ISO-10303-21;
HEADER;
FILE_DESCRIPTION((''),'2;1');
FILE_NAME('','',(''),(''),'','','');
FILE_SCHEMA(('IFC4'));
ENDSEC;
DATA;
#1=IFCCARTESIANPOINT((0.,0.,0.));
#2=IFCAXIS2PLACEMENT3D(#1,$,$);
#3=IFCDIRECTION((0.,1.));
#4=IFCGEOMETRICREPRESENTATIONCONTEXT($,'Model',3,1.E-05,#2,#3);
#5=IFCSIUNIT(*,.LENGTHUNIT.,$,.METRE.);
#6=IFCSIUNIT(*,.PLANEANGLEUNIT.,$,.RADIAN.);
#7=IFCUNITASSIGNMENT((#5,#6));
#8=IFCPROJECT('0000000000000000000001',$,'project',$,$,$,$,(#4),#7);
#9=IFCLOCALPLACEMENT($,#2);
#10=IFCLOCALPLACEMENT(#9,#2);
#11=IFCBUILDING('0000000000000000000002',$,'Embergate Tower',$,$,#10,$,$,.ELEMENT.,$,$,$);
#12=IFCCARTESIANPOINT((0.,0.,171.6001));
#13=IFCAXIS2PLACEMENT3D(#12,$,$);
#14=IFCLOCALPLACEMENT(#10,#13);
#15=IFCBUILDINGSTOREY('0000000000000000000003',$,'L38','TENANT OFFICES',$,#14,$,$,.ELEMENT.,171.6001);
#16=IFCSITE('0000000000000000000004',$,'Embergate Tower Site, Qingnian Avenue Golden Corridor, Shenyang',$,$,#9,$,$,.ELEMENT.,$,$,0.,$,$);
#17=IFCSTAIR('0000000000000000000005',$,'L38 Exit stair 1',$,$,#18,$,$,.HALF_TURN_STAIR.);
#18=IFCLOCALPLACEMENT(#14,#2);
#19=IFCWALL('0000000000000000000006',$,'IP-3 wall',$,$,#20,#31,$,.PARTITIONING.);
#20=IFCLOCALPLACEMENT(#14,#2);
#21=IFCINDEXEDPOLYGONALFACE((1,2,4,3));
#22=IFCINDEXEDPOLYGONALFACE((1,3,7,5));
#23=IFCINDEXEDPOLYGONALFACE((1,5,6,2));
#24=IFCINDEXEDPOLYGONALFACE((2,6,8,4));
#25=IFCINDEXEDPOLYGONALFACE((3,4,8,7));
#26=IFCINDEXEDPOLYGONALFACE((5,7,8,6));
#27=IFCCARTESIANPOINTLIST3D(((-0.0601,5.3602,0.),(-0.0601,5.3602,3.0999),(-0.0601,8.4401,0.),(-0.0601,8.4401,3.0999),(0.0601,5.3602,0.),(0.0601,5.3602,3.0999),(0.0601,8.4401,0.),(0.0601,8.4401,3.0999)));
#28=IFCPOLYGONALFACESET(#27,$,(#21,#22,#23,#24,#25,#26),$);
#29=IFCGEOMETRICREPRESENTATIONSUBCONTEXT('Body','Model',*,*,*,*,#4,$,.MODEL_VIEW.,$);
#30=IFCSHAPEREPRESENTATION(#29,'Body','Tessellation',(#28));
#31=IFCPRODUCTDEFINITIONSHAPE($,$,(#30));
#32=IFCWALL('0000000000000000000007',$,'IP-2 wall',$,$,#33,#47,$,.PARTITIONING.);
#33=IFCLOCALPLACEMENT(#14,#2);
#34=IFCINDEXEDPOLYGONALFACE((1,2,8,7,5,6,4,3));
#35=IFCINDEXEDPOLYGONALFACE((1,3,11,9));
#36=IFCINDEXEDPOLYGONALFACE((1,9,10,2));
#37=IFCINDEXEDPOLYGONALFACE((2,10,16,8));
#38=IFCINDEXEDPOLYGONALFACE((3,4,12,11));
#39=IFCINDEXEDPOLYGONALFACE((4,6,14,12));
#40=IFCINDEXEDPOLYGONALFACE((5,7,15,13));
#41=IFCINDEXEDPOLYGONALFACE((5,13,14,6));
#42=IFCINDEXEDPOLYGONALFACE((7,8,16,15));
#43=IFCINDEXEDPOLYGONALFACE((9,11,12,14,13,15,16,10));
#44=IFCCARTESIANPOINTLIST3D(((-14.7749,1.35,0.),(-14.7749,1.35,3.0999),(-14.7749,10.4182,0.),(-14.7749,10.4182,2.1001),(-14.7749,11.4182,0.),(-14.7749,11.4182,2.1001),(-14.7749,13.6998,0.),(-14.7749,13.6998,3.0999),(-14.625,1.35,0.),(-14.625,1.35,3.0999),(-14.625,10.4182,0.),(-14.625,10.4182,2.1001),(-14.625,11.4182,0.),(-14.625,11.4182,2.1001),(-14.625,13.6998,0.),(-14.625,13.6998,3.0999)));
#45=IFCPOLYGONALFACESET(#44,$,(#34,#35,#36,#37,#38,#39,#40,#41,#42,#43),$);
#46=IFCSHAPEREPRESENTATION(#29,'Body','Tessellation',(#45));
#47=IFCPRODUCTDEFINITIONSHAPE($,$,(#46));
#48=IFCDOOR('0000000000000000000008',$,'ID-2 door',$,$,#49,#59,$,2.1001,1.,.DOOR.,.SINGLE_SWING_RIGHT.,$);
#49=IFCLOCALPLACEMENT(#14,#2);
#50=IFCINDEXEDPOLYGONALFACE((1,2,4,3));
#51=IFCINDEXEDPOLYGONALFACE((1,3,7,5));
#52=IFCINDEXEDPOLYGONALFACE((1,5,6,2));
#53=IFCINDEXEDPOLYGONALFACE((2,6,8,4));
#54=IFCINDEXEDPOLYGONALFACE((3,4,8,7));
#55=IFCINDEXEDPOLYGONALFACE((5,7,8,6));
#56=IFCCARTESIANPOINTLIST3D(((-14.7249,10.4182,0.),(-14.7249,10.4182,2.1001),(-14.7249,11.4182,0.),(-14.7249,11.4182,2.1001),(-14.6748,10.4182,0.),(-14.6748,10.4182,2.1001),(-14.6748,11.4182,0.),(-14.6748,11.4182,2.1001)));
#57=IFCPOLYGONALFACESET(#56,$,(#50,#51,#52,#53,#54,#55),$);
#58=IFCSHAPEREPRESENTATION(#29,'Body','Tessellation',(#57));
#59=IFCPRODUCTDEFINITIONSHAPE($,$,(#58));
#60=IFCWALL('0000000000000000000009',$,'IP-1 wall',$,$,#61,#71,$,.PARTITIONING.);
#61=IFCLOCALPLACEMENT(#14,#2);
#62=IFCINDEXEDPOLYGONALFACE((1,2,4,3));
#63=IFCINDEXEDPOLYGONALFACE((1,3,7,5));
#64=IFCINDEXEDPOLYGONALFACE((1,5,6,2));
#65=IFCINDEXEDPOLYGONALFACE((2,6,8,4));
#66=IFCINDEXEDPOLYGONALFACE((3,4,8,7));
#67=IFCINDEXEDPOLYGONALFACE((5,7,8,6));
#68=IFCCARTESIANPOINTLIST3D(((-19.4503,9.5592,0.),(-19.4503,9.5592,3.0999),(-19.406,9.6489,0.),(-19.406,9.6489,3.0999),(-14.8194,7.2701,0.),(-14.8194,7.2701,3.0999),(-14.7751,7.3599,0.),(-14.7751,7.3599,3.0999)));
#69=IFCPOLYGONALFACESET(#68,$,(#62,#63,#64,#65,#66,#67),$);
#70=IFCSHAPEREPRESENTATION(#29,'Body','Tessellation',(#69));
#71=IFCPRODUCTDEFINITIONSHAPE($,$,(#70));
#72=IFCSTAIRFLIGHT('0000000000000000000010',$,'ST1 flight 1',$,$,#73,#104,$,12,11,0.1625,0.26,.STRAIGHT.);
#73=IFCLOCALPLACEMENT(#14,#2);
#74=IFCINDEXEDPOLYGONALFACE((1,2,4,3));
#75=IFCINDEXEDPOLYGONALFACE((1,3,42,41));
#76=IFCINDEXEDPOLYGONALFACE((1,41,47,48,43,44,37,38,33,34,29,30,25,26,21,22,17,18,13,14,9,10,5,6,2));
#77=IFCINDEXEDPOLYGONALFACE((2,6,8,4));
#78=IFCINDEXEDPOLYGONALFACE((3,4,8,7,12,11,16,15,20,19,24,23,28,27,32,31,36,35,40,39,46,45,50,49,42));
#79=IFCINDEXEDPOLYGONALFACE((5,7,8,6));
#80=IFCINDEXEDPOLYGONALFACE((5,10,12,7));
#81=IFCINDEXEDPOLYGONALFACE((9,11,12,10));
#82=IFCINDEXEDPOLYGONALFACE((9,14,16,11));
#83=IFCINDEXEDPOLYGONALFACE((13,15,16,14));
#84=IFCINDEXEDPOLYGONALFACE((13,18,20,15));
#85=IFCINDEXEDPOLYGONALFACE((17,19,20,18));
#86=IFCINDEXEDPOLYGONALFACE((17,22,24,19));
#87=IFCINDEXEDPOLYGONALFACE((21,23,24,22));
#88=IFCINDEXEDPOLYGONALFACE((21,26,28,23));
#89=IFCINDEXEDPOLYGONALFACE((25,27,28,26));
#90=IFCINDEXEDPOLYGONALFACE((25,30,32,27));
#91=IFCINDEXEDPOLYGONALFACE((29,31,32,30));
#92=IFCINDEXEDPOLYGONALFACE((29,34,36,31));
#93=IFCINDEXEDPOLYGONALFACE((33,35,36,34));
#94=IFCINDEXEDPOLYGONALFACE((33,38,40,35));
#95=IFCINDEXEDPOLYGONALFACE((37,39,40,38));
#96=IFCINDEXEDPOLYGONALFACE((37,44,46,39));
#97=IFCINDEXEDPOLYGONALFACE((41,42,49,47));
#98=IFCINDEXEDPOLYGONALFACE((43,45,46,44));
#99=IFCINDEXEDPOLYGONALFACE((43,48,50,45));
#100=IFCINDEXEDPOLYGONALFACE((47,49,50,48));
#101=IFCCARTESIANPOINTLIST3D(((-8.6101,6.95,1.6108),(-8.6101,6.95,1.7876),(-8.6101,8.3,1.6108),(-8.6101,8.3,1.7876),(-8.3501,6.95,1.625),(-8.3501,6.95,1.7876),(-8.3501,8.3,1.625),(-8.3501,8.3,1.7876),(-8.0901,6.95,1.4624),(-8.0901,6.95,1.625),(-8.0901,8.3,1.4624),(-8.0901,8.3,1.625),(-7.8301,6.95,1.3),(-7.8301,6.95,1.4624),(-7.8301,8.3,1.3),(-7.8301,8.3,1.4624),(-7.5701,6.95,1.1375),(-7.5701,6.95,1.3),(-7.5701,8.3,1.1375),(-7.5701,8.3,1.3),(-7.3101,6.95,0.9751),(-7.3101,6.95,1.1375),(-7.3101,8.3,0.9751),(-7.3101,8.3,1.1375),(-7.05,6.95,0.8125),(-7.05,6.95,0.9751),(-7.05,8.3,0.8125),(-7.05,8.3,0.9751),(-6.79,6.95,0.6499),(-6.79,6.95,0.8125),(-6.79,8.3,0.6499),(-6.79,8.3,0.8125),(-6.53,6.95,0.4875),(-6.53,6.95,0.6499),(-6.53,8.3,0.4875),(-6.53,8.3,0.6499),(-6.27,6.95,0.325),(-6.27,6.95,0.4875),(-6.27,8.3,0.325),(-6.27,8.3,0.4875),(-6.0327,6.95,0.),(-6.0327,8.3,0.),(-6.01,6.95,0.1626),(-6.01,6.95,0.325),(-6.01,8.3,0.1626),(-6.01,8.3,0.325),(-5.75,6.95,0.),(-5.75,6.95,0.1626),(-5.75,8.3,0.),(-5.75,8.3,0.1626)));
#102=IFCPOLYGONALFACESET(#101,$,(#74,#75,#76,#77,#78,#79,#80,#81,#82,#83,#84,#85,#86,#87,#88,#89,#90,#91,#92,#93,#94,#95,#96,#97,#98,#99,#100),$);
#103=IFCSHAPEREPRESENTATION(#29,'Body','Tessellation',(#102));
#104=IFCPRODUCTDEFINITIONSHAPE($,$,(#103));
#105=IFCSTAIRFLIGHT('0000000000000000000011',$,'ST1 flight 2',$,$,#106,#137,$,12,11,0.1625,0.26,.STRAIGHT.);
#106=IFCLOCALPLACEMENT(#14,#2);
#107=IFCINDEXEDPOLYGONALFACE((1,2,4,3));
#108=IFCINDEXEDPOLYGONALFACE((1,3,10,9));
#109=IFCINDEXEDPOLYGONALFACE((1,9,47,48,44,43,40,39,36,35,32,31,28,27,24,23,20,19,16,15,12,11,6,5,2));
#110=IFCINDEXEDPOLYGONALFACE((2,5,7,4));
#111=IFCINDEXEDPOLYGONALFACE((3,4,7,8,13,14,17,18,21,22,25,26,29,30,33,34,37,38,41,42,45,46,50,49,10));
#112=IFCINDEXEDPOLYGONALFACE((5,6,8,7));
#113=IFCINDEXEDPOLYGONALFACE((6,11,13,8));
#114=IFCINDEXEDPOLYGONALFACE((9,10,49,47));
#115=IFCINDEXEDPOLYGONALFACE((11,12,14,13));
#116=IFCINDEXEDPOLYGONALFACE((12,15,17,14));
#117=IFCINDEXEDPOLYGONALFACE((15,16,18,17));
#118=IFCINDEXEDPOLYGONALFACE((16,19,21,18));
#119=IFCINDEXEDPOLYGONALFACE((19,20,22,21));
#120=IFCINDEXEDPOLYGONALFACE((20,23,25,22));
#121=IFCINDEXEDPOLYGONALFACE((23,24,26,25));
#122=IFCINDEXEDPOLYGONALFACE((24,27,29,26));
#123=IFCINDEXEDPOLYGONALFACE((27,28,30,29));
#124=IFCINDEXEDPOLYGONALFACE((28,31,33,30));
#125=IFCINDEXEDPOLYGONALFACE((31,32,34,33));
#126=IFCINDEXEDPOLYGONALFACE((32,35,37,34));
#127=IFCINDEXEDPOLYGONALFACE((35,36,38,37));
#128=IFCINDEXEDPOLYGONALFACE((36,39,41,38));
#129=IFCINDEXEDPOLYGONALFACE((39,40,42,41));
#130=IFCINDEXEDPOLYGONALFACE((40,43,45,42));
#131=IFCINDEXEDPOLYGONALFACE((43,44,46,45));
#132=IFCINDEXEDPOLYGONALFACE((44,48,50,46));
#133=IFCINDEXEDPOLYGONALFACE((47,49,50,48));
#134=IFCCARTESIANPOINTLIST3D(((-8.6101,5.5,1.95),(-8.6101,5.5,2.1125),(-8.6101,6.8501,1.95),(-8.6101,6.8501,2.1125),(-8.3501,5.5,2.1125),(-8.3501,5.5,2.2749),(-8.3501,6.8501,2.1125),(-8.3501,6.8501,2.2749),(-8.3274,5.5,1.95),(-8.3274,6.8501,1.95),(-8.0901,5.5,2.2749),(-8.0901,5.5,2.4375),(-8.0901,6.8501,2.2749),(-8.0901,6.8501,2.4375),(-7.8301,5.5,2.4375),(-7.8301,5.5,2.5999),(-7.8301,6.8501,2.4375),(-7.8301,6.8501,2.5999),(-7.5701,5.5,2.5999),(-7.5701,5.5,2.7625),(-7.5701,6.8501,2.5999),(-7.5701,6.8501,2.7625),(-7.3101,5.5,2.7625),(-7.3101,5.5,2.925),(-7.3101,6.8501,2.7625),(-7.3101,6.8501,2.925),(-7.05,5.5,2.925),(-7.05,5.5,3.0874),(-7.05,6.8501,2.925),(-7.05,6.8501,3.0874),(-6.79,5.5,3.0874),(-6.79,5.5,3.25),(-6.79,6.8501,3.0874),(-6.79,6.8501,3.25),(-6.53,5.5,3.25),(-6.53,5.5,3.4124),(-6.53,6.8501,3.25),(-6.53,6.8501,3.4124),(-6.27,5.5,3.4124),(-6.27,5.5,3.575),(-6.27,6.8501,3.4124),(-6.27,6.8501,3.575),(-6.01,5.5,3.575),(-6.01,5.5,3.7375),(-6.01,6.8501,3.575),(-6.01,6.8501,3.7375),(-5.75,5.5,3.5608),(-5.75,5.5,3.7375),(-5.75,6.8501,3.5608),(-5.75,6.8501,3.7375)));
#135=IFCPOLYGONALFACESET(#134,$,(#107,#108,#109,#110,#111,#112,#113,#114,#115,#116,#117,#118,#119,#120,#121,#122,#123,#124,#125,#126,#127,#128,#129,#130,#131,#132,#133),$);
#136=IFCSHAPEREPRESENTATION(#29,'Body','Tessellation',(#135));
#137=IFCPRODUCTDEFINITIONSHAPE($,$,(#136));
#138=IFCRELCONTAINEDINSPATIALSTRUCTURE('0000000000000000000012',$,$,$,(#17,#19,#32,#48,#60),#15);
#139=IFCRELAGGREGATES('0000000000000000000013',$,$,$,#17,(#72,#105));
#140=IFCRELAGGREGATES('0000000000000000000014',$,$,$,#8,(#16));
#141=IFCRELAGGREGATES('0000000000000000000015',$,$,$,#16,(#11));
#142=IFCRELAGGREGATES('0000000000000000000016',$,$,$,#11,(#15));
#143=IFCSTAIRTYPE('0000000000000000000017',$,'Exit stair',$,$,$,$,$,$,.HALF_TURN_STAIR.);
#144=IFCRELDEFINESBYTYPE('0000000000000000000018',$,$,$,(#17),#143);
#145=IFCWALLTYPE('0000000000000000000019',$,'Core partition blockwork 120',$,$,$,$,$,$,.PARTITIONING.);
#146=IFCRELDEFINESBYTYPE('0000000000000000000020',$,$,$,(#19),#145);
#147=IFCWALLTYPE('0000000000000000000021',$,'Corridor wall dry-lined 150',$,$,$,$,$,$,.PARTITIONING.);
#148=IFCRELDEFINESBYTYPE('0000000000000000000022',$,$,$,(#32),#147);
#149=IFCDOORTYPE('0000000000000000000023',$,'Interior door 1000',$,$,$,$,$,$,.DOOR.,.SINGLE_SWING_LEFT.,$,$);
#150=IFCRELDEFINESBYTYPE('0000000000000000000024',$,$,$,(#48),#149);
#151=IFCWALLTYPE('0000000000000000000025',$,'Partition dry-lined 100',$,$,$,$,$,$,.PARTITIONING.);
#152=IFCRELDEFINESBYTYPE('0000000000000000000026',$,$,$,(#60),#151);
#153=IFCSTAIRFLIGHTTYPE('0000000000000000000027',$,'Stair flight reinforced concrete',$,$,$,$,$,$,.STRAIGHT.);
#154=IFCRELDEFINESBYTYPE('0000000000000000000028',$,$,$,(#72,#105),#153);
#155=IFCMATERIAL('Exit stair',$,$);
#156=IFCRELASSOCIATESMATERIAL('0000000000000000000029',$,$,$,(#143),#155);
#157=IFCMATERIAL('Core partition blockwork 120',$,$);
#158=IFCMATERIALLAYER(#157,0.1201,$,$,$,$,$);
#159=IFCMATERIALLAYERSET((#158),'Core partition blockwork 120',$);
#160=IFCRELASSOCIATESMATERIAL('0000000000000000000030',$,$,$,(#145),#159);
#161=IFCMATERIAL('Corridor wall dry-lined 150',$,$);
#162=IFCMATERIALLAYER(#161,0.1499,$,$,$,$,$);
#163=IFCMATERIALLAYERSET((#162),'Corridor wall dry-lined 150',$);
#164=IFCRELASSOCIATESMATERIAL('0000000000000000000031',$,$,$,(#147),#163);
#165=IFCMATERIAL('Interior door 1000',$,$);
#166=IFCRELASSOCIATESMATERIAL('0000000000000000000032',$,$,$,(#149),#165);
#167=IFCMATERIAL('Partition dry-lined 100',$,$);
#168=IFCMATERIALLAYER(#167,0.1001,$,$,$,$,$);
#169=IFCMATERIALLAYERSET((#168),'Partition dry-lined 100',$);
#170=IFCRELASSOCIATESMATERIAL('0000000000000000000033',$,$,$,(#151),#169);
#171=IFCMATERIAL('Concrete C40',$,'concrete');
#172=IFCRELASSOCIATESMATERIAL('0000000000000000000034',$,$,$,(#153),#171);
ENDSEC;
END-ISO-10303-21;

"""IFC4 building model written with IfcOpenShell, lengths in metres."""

from ifc_helpers import new_model, si_unit, direction, frame, frame_2d, origin, place, context, subcontext, project, spatial, polyline, rectangle, outline, extrude, source, transform, mapped, material, layer, layer_set, type_object, element, fill, aggregate, save


model = new_model("IFC4")

# Units and contexts
model_context = context("Model", 3, precision=1e-05, world=origin(), true_north=direction((0.0, 1.0)))
body_context = subcontext(model_context, "Body", "Model", "MODEL_VIEW")
ifc_project = project(units=[si_unit("LENGTHUNIT", "METRE"), si_unit("PLANEANGLEUNIT", "RADIAN")], contexts=[model_context])

# Site, building, storey
site_placement = place(None, origin())
site = spatial("IfcSite", under=ifc_project, at=site_placement, Name="Embergate Tower Site, Qingnian Avenue Golden Corridor, Shenyang", CompositionType="ELEMENT", RefElevation=0.0)
building_placement = place(site_placement, origin())
building = spatial("IfcBuilding", under=site, at=building_placement, Name="Embergate Tower", CompositionType="ELEMENT")
storey_placement = place(building_placement, frame((0.0, 0.0, 171.6001)))
storey = spatial("IfcBuildingStorey", under=building, at=storey_placement, Name="L38", Description="TENANT OFFICES", CompositionType="ELEMENT", Elevation=171.6001)

# Stair
ifc_material_1 = material(Name="Exit stair")
stair_type = type_object("IfcStairType", Name="Exit stair", PredefinedType="HALF_TURN_STAIR", material=ifc_material_1)
stair_placement = place(storey_placement, origin())
stair = element("IfcStair", 1, at=stair_placement, inside=storey, type_object=stair_type, Name="L38 Exit stair 1", PredefinedType="HALF_TURN_STAIR")
ifc_material_2 = material(Name="Concrete C40", Category="concrete")

# Shared definitions
ifc_material_3 = material(Name="Core partition blockwork 120")
ifc_layer_1 = layer(ifc_material_3, 0.1201)
ifc_layer_set_1 = layer_set([ifc_layer_1], Name="Core partition blockwork 120")
wall_type_1 = type_object("IfcWallType", Name="Core partition blockwork 120", PredefinedType="PARTITIONING", material=ifc_layer_set_1)

# Wall
shared_shape_1 = source(origin(), body_context, "Body", "SweptSolid", [
    extrude(rectangle(XDim=3.0798, YDim=0.1201, at=frame_2d((1.54, 0.0))), origin(), (0.0, 0.0, 1.0), 3.0999),
])
wall_1_placement = place(storey_placement, frame((0.0, 5.3601, 0.0), z_axis=(0.0, 0.0, 1.0), x_axis=(0.0, 1.0, 0.0)))
element("IfcWall", 2, at=wall_1_placement, inside=storey, type_object=wall_type_1, Name="IP-3 wall", PredefinedType="PARTITIONING", context=body_context, shape_type="MappedRepresentation", body=[
    mapped(shared_shape_1, transform((0.0, 0.0, 0.0))),
])

# Wall, opening, door
ifc_material_4 = material(Name="Corridor wall dry-lined 150")
ifc_layer_2 = layer(ifc_material_4, 0.1499)
ifc_layer_set_2 = layer_set([ifc_layer_2], Name="Corridor wall dry-lined 150")
wall_type_2 = type_object("IfcWallType", Name="Corridor wall dry-lined 150", PredefinedType="PARTITIONING", material=ifc_layer_set_2)
shared_shape_2 = source(origin(), body_context, "Body", "SweptSolid", [
    extrude(rectangle(XDim=12.3499, YDim=0.1499, at=frame_2d((6.1748, 0.0))), origin(), (0.0, 0.0, 1.0), 3.0999),
])
wall_2_placement = place(storey_placement, frame((-14.7, 1.3501, 0.0), z_axis=(0.0, 0.0, 1.0), x_axis=(0.0, 1.0, 0.0)))
wall_2 = element("IfcWall", 3, at=wall_2_placement, inside=storey, type_object=wall_type_2, Name="IP-2 wall", PredefinedType="PARTITIONING", context=body_context, shape_type="MappedRepresentation", body=[
    mapped(shared_shape_2, transform((0.0, 0.0, 0.0))),
])
shared_shape_3 = source(origin(), body_context, "Body", "SweptSolid", [
    extrude(rectangle(XDim=1.0, YDim=2.1001, at=frame_2d((0.5, 1.05))), frame((0.0, 0.085, 0.0), z_axis=(0.0, -1.0, 0.0), x_axis=(1.0, 0.0, 0.0)), (0.0, 0.0, 1.0), 0.1699),
])
opening_1_placement = place(wall_2_placement, frame((9.0681, 0.0, 0.0)))
opening_1 = element("IfcOpeningElement", 4, at=opening_1_placement, cuts=wall_2, PredefinedType="OPENING", context=body_context, shape_type="MappedRepresentation", body=[
    mapped(shared_shape_3, transform((0.0, 0.0, 0.0))),
])
ifc_material_5 = material(Name="Interior door 1000")
door_type_1 = type_object("IfcDoorType", Name="Interior door 1000", OperationType="SINGLE_SWING_LEFT", PredefinedType="DOOR", material=ifc_material_5)
shared_shape_4 = source(origin(), body_context, "Body", "SweptSolid", [
    extrude(rectangle(XDim=1.0, YDim=2.1001, at=frame_2d((0.5, 1.05))), frame((0.0, 0.0249, 0.0), z_axis=(0.0, -1.0, 0.0), x_axis=(1.0, 0.0, 0.0)), (0.0, 0.0, 1.0), 0.05),
])
door_1_placement = place(opening_1_placement, origin())
door_1 = element("IfcDoor", 5, at=door_1_placement, inside=storey, type_object=door_type_1, Name="ID-2 door", OperationType="SINGLE_SWING_RIGHT", OverallHeight=2.1001, OverallWidth=1.0, PredefinedType="DOOR", context=body_context, shape_type="MappedRepresentation", body=[
    mapped(shared_shape_4, transform((0.0, 0.0, 0.0))),
])
fill(opening_1, door_1)

# Wall
ifc_material_6 = material(Name="Partition dry-lined 100")
ifc_layer_3 = layer(ifc_material_6, 0.1001)
ifc_layer_set_3 = layer_set([ifc_layer_3], Name="Partition dry-lined 100")
wall_type_3 = type_object("IfcWallType", Name="Partition dry-lined 100", PredefinedType="PARTITIONING", material=ifc_layer_set_3)
shared_shape_5 = source(origin(), body_context, "Body", "SweptSolid", [
    extrude(rectangle(XDim=5.1658, YDim=0.1001, at=frame_2d((2.583, 0.0))), origin(), (0.0, 0.0, 1.0), 3.0999),
])
wall_3_placement = place(storey_placement, frame((-14.7971, 7.3149, 0.0), z_axis=(0.0, 0.0, 1.0), x_axis=(-0.89646, 0.443126, 0.0)))
element("IfcWall", 6, at=wall_3_placement, inside=storey, type_object=wall_type_3, Name="IP-1 wall", PredefinedType="PARTITIONING", context=body_context, shape_type="MappedRepresentation", body=[
    mapped(shared_shape_5, transform((0.0, 0.0, 0.0))),
])

# Stair flights
stair_flight_type = type_object("IfcStairFlightType", Name="Stair flight reinforced concrete", PredefinedType="STRAIGHT", material=ifc_material_2)
shared_shape_6 = source(origin(), body_context, "Body", "SweptSolid", [
    extrude(outline(polyline([(0.0, 0.0), (0.0, 0.1626), (0.26, 0.1626), (0.26, 0.325), (0.52, 0.325), (0.52, 0.4875), (0.78, 0.4875), (0.78, 0.6499), (1.04, 0.6499), (1.04, 0.8125), (1.3, 0.8125), (1.3, 0.9751), (1.5601, 0.9751), (1.5601, 1.1375), (1.8201, 1.1375), (1.8201, 1.3), (2.0801, 1.3), (2.0801, 1.4624), (2.3401, 1.4624), (2.3401, 1.625), (2.6001, 1.625), (2.6001, 1.7876), (2.8601, 1.7876), (2.8601, 1.95), (2.8601, 1.6108), (0.2827, 0.0), (0.0, 0.0)])), frame((0.0, 0.675, 0.0), z_axis=(0.0, -1.0, 0.0), x_axis=(1.0, 0.0, 0.0)), (0.0, 0.0, 1.0), 1.3501),
])
stair_flight_1_placement = place(storey_placement, frame((-5.75, 7.625, 0.0), z_axis=(0.0, 0.0, 1.0), x_axis=(-1.0, 0.0, 0.0)))
stair_flight_1 = element("IfcStairFlight", 7, at=stair_flight_1_placement, type_object=stair_flight_type, Name="ST1 flight 1", NumberOfRisers=12, NumberOfTreads=11, PredefinedType="STRAIGHT", RiserHeight=0.1625, TreadLength=0.26, context=body_context, shape_type="MappedRepresentation", body=[
    mapped(shared_shape_6, transform((0.0, 0.0, 0.0))),
])
stair_flight_2_placement = place(storey_placement, frame((-8.6101, 6.175, 1.95), z_axis=(0.0, 0.0, 1.0), x_axis=(1.0, 0.0, 0.0)))
stair_flight_2 = element("IfcStairFlight", 8, at=stair_flight_2_placement, type_object=stair_flight_type, Name="ST1 flight 2", NumberOfRisers=12, NumberOfTreads=11, PredefinedType="STRAIGHT", RiserHeight=0.1625, TreadLength=0.26, context=body_context, shape_type="MappedRepresentation", body=[
    mapped(shared_shape_6, transform((0.0, 0.0, 0.0))),
])
aggregate(stair, [stair_flight_1, stair_flight_2])

save(model, "model.ifc")
